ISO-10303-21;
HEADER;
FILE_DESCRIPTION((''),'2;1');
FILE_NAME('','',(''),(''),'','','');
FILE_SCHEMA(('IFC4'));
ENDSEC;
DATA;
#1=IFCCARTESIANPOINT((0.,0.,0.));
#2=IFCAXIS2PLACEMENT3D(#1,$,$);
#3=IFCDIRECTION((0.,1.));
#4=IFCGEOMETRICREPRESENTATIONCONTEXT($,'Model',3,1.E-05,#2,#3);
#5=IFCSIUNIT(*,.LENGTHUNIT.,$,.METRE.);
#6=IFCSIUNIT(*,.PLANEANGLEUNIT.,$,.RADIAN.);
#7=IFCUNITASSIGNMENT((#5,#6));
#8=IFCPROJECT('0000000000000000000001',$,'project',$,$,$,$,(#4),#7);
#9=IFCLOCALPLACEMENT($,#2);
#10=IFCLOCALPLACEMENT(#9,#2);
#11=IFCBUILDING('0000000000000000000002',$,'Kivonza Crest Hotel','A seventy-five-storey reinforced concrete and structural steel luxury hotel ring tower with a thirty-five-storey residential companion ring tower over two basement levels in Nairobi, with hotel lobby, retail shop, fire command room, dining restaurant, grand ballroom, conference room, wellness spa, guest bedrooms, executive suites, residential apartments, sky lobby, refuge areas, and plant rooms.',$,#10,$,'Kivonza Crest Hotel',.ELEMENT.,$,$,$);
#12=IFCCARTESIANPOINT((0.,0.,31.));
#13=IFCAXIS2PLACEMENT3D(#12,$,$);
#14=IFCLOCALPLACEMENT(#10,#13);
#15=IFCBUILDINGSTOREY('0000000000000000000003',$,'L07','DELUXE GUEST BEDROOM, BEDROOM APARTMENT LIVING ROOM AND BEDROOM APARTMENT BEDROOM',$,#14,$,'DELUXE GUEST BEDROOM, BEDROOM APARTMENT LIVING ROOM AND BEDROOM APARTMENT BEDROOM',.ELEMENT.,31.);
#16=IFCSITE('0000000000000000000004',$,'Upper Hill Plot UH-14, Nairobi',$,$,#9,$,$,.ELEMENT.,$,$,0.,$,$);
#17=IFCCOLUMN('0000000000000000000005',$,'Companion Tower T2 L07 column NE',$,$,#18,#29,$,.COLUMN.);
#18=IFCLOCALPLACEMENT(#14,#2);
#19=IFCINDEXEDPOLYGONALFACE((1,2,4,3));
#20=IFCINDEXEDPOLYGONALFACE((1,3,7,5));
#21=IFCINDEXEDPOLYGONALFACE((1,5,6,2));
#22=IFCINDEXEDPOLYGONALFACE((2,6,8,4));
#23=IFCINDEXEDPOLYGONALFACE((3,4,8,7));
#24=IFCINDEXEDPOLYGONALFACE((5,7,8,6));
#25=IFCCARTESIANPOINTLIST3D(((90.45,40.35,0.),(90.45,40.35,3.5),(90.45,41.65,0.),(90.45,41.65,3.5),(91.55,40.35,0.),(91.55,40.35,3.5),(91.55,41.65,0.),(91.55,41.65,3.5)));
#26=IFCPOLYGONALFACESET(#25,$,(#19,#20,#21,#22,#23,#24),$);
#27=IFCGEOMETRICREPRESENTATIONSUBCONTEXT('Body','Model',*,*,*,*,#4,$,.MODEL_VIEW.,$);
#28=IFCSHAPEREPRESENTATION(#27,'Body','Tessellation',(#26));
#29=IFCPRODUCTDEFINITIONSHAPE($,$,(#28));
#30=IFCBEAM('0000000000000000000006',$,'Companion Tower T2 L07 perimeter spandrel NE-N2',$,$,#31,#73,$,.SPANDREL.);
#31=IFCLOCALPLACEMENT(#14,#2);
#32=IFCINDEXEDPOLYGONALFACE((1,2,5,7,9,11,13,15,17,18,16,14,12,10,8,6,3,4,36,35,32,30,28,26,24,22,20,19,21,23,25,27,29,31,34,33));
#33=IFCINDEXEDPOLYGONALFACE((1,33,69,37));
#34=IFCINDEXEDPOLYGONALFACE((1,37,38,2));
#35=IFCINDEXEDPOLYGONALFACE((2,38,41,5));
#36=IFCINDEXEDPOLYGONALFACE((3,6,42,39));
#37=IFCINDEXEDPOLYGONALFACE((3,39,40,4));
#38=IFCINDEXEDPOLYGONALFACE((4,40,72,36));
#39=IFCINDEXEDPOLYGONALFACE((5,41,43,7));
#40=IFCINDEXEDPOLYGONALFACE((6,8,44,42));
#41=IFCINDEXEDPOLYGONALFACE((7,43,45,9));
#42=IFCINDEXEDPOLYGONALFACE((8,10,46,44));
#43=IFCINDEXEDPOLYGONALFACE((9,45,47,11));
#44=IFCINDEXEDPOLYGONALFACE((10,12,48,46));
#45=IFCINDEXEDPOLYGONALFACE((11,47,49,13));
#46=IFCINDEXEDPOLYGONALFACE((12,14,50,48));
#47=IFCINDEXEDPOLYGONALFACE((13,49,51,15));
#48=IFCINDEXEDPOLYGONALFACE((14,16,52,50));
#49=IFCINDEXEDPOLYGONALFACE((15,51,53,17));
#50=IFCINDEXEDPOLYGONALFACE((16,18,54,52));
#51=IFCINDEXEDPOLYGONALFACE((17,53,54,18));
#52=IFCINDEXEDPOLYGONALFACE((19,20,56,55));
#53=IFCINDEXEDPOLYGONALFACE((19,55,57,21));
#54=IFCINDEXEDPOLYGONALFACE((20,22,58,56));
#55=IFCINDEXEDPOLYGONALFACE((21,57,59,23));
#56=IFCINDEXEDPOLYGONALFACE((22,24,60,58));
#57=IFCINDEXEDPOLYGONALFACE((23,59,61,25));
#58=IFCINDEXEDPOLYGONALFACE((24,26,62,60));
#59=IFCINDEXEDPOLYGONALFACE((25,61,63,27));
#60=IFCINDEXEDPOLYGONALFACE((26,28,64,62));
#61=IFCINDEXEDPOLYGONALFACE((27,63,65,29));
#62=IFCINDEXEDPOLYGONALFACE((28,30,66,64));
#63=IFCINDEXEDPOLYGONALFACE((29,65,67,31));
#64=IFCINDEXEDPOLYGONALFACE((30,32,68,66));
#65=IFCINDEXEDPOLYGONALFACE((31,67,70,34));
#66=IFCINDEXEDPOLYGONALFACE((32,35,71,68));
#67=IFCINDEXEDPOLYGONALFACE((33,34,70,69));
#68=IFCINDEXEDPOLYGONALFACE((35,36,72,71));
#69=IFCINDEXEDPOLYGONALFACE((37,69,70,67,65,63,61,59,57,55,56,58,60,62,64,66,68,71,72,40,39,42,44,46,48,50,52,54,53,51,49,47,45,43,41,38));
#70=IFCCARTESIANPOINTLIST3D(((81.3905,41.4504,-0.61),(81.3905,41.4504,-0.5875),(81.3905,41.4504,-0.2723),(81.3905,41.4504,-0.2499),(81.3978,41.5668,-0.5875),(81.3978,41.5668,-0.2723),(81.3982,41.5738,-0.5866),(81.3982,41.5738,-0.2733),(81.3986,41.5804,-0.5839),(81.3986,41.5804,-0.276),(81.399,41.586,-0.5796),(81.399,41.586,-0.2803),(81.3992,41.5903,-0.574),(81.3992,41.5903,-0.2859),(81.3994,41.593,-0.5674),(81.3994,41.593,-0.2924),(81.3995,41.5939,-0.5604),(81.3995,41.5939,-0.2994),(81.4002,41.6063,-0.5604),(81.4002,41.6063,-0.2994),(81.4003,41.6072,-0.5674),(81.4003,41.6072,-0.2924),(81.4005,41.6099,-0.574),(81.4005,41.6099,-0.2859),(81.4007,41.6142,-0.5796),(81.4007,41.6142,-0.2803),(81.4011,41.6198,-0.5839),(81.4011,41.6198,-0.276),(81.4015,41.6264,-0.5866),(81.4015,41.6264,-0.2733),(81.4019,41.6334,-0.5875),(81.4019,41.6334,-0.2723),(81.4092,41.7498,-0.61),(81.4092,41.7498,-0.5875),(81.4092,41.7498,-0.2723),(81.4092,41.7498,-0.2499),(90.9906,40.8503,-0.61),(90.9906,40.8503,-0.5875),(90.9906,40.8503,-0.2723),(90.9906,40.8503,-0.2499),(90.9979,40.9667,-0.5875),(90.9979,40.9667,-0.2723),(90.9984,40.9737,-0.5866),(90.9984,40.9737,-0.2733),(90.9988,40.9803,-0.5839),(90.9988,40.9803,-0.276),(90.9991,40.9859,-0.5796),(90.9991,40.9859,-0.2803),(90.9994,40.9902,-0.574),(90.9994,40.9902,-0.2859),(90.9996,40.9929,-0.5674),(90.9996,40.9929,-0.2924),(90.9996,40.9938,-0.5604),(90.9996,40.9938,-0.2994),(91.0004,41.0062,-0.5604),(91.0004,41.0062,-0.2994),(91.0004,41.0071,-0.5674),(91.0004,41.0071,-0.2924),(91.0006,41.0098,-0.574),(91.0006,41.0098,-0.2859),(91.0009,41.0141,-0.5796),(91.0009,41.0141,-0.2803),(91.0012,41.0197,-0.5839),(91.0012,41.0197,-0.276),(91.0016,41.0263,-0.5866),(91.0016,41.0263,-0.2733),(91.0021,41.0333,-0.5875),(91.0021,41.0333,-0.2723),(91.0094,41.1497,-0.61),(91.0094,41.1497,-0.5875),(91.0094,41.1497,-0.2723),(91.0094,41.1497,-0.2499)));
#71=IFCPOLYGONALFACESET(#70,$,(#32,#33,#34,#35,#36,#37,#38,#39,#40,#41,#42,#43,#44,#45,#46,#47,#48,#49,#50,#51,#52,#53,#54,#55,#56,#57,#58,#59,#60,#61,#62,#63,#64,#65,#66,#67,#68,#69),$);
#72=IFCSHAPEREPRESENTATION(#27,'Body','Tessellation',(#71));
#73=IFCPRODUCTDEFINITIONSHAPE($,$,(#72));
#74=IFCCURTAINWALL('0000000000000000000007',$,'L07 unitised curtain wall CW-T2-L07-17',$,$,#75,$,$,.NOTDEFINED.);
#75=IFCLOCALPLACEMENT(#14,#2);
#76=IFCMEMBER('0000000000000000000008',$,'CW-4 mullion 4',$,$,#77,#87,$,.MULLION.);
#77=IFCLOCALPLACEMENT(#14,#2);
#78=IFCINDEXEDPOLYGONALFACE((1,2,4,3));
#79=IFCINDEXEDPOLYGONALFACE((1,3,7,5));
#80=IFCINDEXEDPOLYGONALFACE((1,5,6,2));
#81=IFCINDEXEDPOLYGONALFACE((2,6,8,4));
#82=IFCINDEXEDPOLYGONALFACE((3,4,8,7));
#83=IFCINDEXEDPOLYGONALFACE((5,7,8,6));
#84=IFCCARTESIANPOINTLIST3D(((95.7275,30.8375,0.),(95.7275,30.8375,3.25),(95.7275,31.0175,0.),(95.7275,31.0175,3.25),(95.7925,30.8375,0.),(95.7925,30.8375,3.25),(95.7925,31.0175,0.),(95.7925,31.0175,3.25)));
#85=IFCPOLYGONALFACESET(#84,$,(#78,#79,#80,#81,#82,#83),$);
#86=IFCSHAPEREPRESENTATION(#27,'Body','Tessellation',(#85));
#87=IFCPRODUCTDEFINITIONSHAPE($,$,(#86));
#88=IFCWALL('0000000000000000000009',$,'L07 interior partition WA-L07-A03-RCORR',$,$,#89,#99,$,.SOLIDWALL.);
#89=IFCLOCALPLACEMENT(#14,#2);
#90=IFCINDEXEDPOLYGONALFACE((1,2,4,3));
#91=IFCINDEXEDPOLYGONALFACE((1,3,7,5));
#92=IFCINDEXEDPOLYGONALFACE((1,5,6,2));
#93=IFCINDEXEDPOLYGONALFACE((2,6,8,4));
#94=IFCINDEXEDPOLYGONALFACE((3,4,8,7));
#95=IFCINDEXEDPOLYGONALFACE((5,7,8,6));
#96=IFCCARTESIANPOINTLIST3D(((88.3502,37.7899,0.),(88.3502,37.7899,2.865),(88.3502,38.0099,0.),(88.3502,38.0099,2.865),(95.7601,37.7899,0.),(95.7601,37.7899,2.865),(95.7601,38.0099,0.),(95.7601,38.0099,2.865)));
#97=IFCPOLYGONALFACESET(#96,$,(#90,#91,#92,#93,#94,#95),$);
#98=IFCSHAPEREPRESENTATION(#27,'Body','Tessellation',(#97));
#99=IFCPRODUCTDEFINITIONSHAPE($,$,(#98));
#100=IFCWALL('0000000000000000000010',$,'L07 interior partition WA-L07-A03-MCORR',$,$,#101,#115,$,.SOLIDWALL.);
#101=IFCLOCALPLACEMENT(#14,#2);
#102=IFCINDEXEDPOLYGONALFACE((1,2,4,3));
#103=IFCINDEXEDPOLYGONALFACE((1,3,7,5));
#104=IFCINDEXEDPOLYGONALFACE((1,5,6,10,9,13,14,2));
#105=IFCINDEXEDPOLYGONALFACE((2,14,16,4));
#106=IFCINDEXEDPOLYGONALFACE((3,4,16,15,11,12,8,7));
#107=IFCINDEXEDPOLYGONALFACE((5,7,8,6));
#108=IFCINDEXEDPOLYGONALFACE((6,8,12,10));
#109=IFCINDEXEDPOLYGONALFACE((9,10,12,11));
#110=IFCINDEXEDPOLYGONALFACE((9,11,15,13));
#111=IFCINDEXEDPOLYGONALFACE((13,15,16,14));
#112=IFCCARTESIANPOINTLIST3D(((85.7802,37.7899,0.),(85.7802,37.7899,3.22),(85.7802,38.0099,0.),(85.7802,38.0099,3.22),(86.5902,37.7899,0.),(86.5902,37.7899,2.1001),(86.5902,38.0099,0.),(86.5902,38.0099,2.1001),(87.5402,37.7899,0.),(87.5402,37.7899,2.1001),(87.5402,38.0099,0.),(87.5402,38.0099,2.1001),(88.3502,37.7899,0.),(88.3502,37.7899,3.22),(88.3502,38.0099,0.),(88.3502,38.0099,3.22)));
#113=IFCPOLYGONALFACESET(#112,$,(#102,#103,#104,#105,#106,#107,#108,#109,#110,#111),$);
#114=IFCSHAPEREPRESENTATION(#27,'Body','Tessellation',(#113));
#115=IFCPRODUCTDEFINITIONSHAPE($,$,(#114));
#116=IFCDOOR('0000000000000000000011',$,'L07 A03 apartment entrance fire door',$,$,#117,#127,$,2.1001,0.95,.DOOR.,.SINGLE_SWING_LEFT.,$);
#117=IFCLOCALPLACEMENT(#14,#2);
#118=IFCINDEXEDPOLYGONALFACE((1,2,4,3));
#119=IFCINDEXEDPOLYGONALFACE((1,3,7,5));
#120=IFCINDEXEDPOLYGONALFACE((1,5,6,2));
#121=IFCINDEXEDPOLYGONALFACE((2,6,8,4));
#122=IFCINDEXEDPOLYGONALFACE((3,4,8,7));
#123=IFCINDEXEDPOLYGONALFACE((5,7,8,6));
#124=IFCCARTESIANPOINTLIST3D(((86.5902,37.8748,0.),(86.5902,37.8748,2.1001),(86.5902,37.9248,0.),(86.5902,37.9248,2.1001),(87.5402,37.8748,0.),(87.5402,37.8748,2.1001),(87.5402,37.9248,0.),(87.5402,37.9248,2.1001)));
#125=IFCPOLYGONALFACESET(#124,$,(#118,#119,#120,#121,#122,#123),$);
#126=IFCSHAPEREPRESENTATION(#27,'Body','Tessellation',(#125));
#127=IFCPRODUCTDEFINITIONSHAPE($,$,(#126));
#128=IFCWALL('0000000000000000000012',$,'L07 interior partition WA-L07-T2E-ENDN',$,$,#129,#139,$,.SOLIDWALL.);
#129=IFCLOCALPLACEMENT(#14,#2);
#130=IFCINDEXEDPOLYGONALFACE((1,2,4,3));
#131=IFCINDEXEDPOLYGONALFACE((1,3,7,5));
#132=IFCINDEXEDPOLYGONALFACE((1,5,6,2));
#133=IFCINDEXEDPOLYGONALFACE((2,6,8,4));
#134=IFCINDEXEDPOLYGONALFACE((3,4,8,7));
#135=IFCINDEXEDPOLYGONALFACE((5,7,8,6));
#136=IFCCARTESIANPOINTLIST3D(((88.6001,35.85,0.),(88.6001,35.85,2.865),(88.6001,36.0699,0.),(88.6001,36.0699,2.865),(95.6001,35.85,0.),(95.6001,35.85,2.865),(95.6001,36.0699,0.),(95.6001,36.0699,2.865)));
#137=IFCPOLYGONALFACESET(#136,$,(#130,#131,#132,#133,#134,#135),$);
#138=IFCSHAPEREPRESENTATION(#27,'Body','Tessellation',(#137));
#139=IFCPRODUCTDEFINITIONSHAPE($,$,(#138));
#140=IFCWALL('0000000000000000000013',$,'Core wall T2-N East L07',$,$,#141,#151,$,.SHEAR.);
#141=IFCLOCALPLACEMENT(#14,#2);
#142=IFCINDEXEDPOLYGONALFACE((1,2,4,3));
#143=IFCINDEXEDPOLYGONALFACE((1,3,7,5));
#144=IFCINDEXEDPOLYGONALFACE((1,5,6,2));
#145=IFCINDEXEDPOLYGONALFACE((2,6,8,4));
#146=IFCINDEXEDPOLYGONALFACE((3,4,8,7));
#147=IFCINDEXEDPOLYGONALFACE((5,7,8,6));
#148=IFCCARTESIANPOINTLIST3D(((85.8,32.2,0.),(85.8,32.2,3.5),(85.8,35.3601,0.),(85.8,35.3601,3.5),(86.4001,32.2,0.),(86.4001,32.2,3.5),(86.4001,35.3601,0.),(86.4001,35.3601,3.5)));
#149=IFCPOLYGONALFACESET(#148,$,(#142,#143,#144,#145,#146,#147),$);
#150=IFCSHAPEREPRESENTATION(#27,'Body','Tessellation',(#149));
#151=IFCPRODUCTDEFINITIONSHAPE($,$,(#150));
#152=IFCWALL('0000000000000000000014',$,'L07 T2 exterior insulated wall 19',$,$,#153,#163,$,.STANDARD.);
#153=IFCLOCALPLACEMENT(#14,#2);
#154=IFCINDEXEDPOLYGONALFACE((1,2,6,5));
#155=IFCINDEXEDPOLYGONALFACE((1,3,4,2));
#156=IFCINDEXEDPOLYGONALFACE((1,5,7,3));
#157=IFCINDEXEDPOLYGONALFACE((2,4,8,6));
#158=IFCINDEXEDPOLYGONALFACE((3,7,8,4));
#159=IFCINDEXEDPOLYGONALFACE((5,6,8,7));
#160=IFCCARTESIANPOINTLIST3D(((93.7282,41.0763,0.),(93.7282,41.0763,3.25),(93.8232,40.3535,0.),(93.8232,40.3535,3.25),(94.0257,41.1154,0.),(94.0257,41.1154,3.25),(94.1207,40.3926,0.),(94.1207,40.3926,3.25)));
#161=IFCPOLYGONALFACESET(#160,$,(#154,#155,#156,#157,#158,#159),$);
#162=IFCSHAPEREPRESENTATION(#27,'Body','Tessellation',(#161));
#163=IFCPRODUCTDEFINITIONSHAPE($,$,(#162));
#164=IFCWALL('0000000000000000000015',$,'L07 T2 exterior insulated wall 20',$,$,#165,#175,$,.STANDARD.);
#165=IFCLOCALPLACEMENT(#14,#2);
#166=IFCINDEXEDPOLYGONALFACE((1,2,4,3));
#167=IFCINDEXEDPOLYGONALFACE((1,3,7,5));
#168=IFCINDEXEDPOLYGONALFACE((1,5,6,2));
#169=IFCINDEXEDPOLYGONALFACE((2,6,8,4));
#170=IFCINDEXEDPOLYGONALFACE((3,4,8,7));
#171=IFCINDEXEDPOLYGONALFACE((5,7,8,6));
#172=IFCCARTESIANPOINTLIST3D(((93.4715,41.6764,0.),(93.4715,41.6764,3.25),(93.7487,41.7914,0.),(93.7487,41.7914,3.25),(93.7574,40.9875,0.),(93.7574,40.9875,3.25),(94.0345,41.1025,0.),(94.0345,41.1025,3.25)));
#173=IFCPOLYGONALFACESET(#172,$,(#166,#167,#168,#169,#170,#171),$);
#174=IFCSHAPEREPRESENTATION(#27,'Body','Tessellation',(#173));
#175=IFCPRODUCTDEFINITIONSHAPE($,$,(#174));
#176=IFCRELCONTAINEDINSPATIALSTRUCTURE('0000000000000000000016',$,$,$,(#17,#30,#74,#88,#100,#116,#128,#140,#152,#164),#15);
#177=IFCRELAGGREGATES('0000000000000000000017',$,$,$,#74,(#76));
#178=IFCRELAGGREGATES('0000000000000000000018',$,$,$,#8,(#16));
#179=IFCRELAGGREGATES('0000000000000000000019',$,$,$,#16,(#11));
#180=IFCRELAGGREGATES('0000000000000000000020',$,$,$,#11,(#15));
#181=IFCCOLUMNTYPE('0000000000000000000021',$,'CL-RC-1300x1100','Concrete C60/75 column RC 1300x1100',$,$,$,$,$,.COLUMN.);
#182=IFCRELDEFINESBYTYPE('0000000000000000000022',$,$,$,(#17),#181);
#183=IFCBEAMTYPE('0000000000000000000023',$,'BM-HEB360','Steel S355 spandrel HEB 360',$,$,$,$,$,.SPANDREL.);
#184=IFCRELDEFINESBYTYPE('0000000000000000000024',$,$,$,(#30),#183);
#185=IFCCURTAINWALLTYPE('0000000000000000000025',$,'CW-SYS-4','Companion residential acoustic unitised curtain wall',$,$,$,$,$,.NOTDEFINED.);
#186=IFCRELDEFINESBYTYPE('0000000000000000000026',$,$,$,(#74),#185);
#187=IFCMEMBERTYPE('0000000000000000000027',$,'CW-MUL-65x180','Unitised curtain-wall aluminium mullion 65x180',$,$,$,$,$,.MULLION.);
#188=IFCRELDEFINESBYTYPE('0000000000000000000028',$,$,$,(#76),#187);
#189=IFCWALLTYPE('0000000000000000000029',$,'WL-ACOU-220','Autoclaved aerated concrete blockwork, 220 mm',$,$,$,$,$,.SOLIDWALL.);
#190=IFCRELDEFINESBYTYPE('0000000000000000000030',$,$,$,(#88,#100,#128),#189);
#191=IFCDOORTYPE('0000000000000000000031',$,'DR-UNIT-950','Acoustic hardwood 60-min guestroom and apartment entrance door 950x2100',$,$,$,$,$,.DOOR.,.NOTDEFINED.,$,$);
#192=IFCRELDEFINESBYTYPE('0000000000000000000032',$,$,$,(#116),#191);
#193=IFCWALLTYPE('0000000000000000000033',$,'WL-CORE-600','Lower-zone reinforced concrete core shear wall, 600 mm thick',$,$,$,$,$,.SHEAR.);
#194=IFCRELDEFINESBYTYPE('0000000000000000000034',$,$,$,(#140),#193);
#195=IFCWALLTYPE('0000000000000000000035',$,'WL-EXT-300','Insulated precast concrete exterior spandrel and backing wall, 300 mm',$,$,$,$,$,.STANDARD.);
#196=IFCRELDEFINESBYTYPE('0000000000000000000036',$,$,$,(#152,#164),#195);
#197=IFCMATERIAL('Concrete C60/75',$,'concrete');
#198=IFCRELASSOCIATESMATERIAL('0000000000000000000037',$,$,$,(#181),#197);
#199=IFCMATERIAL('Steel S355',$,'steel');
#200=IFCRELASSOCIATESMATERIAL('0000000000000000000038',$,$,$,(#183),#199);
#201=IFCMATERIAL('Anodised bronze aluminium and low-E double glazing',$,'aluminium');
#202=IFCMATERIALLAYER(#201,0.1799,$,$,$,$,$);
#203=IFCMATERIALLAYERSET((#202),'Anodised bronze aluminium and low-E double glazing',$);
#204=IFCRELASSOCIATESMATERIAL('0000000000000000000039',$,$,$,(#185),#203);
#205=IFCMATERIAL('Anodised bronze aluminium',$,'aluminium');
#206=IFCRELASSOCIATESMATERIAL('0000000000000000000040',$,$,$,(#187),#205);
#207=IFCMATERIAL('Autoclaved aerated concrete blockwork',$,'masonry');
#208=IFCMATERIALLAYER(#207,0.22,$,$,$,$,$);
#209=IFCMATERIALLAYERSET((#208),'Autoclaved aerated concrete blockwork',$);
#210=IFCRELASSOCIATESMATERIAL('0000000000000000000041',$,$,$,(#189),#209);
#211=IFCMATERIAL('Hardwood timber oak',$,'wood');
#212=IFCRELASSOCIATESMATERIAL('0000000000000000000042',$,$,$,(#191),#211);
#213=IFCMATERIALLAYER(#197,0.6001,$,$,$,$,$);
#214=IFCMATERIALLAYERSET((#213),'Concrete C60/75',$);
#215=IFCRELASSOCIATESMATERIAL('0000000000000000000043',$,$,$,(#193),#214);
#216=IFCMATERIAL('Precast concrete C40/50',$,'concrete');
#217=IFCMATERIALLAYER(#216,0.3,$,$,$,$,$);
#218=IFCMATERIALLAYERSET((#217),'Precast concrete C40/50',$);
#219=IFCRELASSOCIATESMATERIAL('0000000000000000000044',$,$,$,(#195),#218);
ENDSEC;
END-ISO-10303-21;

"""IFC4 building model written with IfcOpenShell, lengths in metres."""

from ifc_helpers import new_model, si_unit, direction, frame, frame_2d, origin, origin_2d, place, context, subcontext, project, spatial, rectangle, i_section, extrude, material, layer, layer_set, material_profile, profile_set, type_object, element, fill, aggregate, save


model = new_model("IFC4")

# Units and contexts
model_context = context("Model", 3, precision=1e-05, world=origin(), true_north=direction((0.0, 1.0)))
body_context = subcontext(model_context, "Body", "Model", "MODEL_VIEW")
ifc_project = project(units=[si_unit("LENGTHUNIT", "METRE"), si_unit("PLANEANGLEUNIT", "RADIAN")], contexts=[model_context])

# Site, building, storey
site_placement = place(None, origin())
site = spatial("IfcSite", under=ifc_project, at=site_placement, Name="Upper Hill Plot UH-14, Nairobi", CompositionType="ELEMENT", RefElevation=0.0)
building_placement = place(site_placement, origin())
building = spatial("IfcBuilding", under=site, at=building_placement, Name="Kivonza Crest Hotel", Description="A seventy-five-storey reinforced concrete and structural steel luxury hotel ring tower with a thirty-five-storey residential companion ring tower over two basement levels in Nairobi, with hotel lobby, retail shop, fire command room, dining restaurant, grand ballroom, conference room, wellness spa, guest bedrooms, executive suites, residential apartments, sky lobby, refuge areas, and plant rooms.", LongName="Kivonza Crest Hotel", CompositionType="ELEMENT")
storey_placement = place(building_placement, frame((0.0, 0.0, 31.0)))
storey = spatial("IfcBuildingStorey", under=building, at=storey_placement, Name="L07", Description="DELUXE GUEST BEDROOM, BEDROOM APARTMENT LIVING ROOM AND BEDROOM APARTMENT BEDROOM", LongName="DELUXE GUEST BEDROOM, BEDROOM APARTMENT LIVING ROOM AND BEDROOM APARTMENT BEDROOM", CompositionType="ELEMENT", Elevation=31.0)

# Column
ifc_material_1 = material(Name="Concrete C60/75", Category="concrete")
ifc_material_profile_1 = material_profile(ifc_material_1, rectangle(XDim=1.1001, YDim=1.3, at=origin_2d()), Name="RC 1300x1100")
ifc_profile_set_1 = profile_set([ifc_material_profile_1], Name="Concrete C60/75")
column_type = type_object("IfcColumnType", Name="CL-RC-1300x1100", Description="Concrete C60/75 column RC 1300x1100", PredefinedType="COLUMN", material=ifc_profile_set_1)
column_placement = place(storey_placement, frame((91.0, 41.0, 0.0), z_axis=(0.0, 0.0, 1.0), x_axis=(1.0, 0.0, 0.0)))
element("IfcColumn", 1, at=column_placement, inside=storey, type_object=column_type, Name="Companion Tower T2 L07 column NE", PredefinedType="COLUMN", context=body_context, shape_type="SweptSolid", body=[
    extrude(rectangle(XDim=1.1001, YDim=1.3, at=origin_2d()), origin(), (0.0, 0.0, 1.0), 3.5),
])

# Beam
ifc_material_2 = material(Name="Steel S355", Category="steel")
ifc_material_profile_2 = material_profile(ifc_material_2, i_section(OverallWidth=0.3, OverallDepth=0.3601, WebThickness=0.0125, FlangeThickness=0.0225, FilletRadius=0.0271, at=origin_2d()), Name="HEB 360")
ifc_profile_set_2 = profile_set([ifc_material_profile_2], Name="Steel S355")
beam_type = type_object("IfcBeamType", Name="BM-HEB360", Description="Steel S355 spandrel HEB 360", PredefinedType="SPANDREL", material=ifc_profile_set_2)
beam_placement = place(storey_placement, frame((91.0, 41.0, -0.4299), z_axis=(-0.998052, 0.062388, 0.0), x_axis=(-0.062388, -0.998052, 0.0)))
element("IfcBeam", 2, at=beam_placement, inside=storey, type_object=beam_type, Name="Companion Tower T2 L07 perimeter spandrel NE-N2", PredefinedType="SPANDREL", context=body_context, shape_type="SweptSolid", body=[
    extrude(i_section(OverallWidth=0.3, OverallDepth=0.3601, WebThickness=0.0125, FlangeThickness=0.0225, FilletRadius=0.0271, at=origin_2d()), origin(), (0.0, 0.0, 1.0), 9.6189),
])

# Curtain wall, member
ifc_material_3 = material(Name="Anodised bronze aluminium and low-E double glazing", Category="aluminium")
ifc_layer_1 = layer(ifc_material_3, 0.1799)
ifc_layer_set_1 = layer_set([ifc_layer_1], Name="Anodised bronze aluminium and low-E double glazing")
curtain_wall_type = type_object("IfcCurtainWallType", Name="CW-SYS-4", Description="Companion residential acoustic unitised curtain wall", PredefinedType="NOTDEFINED", material=ifc_layer_set_1)
curtain_wall_placement = place(storey_placement, origin())
curtain_wall = element("IfcCurtainWall", 3, at=curtain_wall_placement, inside=storey, type_object=curtain_wall_type, Name="L07 unitised curtain wall CW-T2-L07-17", PredefinedType="NOTDEFINED")
ifc_material_4 = material(Name="Anodised bronze aluminium", Category="aluminium")
ifc_material_profile_3 = material_profile(ifc_material_4, rectangle(XDim=0.0649, YDim=0.1799, at=origin_2d()), Name="CW-M 65x180")
ifc_profile_set_3 = profile_set([ifc_material_profile_3], Name="Anodised bronze aluminium")
member_type = type_object("IfcMemberType", Name="CW-MUL-65x180", Description="Unitised curtain-wall aluminium mullion 65x180", PredefinedType="MULLION", material=ifc_profile_set_3)
member_placement = place(storey_placement, frame((95.76, 30.9275, 0.0), z_axis=(0.0, 0.0, 1.0), x_axis=(-1.0, 0.0, 0.0)))
member = element("IfcMember", 4, at=member_placement, type_object=member_type, Name="CW-4 mullion 4", PredefinedType="MULLION", context=body_context, shape_type="SweptSolid", body=[
    extrude(rectangle(XDim=0.0649, YDim=0.1799, at=origin_2d()), origin(), (0.0, 0.0, 1.0), 3.25),
])
aggregate(curtain_wall, [member])

# Wall
ifc_material_5 = material(Name="Autoclaved aerated concrete blockwork", Category="masonry")
ifc_layer_2 = layer(ifc_material_5, 0.22)
ifc_layer_set_2 = layer_set([ifc_layer_2], Name="Autoclaved aerated concrete blockwork")
wall_type_1 = type_object("IfcWallType", Name="WL-ACOU-220", Description="Autoclaved aerated concrete blockwork, 220 mm", PredefinedType="SOLIDWALL", material=ifc_layer_set_2)
wall_1_placement = place(storey_placement, frame((88.3501, 37.8999, 0.0), z_axis=(0.0, 0.0, 1.0), x_axis=(1.0, 0.0, 0.0)))
element("IfcWall", 5, at=wall_1_placement, inside=storey, type_object=wall_type_1, Name="L07 interior partition WA-L07-A03-RCORR", PredefinedType="SOLIDWALL", context=body_context, shape_type="SweptSolid", body=[
    extrude(rectangle(XDim=7.4099, YDim=0.22, at=frame_2d((3.7051, 0.0))), origin(), (0.0, 0.0, 1.0), 2.865),
])

# Wall, opening, door
wall_2_placement = place(storey_placement, frame((85.78, 37.8999, 0.0), z_axis=(0.0, 0.0, 1.0), x_axis=(1.0, 0.0, 0.0)))
wall_2 = element("IfcWall", 6, at=wall_2_placement, inside=storey, type_object=wall_type_1, Name="L07 interior partition WA-L07-A03-MCORR", PredefinedType="SOLIDWALL", context=body_context, shape_type="SweptSolid", body=[
    extrude(rectangle(XDim=2.5701, YDim=0.22, at=frame_2d((1.2852, 0.0))), origin(), (0.0, 0.0, 1.0), 3.22),
])
opening_1_placement = place(wall_2_placement, frame((0.8101, 0.0, 0.0)))
opening_1 = element("IfcOpeningElement", 7, at=opening_1_placement, cuts=wall_2, PredefinedType="OPENING", context=body_context, shape_type="SweptSolid", body=[
    extrude(rectangle(XDim=0.95, YDim=2.1001, at=frame_2d((0.4751, 1.05))), frame((0.0, 0.1201, 0.0), z_axis=(0.0, -1.0, 0.0), x_axis=(1.0, 0.0, 0.0)), (0.0, 0.0, 1.0), 0.24),
])
ifc_material_6 = material(Name="Hardwood timber oak", Category="wood")
door_type_1 = type_object("IfcDoorType", Name="DR-UNIT-950", Description="Acoustic hardwood 60-min guestroom and apartment entrance door 950x2100", OperationType="NOTDEFINED", PredefinedType="DOOR", material=ifc_material_6)
door_1_placement = place(opening_1_placement, origin())
door_1 = element("IfcDoor", 8, at=door_1_placement, inside=storey, type_object=door_type_1, Name="L07 A03 apartment entrance fire door", OperationType="SINGLE_SWING_LEFT", OverallHeight=2.1001, OverallWidth=0.95, PredefinedType="DOOR", context=body_context, shape_type="SweptSolid", body=[
    extrude(rectangle(XDim=0.95, YDim=2.1001, at=frame_2d((0.4751, 1.05))), frame((0.0, 0.0249, 0.0), z_axis=(0.0, -1.0, 0.0), x_axis=(1.0, 0.0, 0.0)), (0.0, 0.0, 1.0), 0.05),
])
fill(opening_1, door_1)

# Walls
wall_3_placement = place(storey_placement, frame((88.6001, 35.96, 0.0), z_axis=(0.0, 0.0, 1.0), x_axis=(1.0, 0.0, 0.0)))
element("IfcWall", 9, at=wall_3_placement, inside=storey, type_object=wall_type_1, Name="L07 interior partition WA-L07-T2E-ENDN", PredefinedType="SOLIDWALL", context=body_context, shape_type="SweptSolid", body=[
    extrude(rectangle(XDim=7.0, YDim=0.22, at=frame_2d((3.5, 0.0))), origin(), (0.0, 0.0, 1.0), 2.865),
])
ifc_layer_3 = layer(ifc_material_1, 0.6001)
ifc_layer_set_3 = layer_set([ifc_layer_3], Name="Concrete C60/75")
wall_type_2 = type_object("IfcWallType", Name="WL-CORE-600", Description="Lower-zone reinforced concrete core shear wall, 600 mm thick", PredefinedType="SHEAR", material=ifc_layer_set_3)
wall_4_placement = place(storey_placement, frame((86.1001, 32.2, 0.0), z_axis=(0.0, 0.0, 1.0), x_axis=(0.0, 1.0, 0.0)))
element("IfcWall", 10, at=wall_4_placement, inside=storey, type_object=wall_type_2, Name="Core wall T2-N East L07", PredefinedType="SHEAR", context=body_context, shape_type="SweptSolid", body=[
    extrude(rectangle(XDim=3.1602, YDim=0.6001, at=frame_2d((1.5801, 0.0))), origin(), (0.0, 0.0, 1.0), 3.5),
])
ifc_material_7 = material(Name="Precast concrete C40/50", Category="concrete")
ifc_layer_4 = layer(ifc_material_7, 0.3)
ifc_layer_set_4 = layer_set([ifc_layer_4], Name="Precast concrete C40/50")
wall_type_3 = type_object("IfcWallType", Name="WL-EXT-300", Description="Insulated precast concrete exterior spandrel and backing wall, 300 mm", PredefinedType="STANDARD", material=ifc_layer_set_4)
wall_5_placement = place(storey_placement, frame((93.9719, 40.373, 0.0), z_axis=(0.0, 0.0, 1.0), x_axis=(-0.130255, 0.99148, 0.0)))
element("IfcWall", 11, at=wall_5_placement, inside=storey, type_object=wall_type_3, Name="L07 T2 exterior insulated wall 19", PredefinedType="STANDARD", context=body_context, shape_type="SweptSolid", body=[
    extrude(rectangle(XDim=0.729, YDim=0.3, at=frame_2d((0.3645, 0.0))), origin(), (0.0, 0.0, 1.0), 3.25),
])
wall_6_placement = place(storey_placement, frame((93.896, 41.0449, 0.0), z_axis=(0.0, 0.0, 1.0), x_axis=(-0.383267, 0.923638, 0.0)))
element("IfcWall", 12, at=wall_6_placement, inside=storey, type_object=wall_type_3, Name="L07 T2 exterior insulated wall 20", PredefinedType="STANDARD", context=body_context, shape_type="SweptSolid", body=[
    extrude(rectangle(XDim=0.7458, YDim=0.3, at=frame_2d((0.373, 0.0))), origin(), (0.0, 0.0, 1.0), 3.25),
])

save(model, "model.ifc")
